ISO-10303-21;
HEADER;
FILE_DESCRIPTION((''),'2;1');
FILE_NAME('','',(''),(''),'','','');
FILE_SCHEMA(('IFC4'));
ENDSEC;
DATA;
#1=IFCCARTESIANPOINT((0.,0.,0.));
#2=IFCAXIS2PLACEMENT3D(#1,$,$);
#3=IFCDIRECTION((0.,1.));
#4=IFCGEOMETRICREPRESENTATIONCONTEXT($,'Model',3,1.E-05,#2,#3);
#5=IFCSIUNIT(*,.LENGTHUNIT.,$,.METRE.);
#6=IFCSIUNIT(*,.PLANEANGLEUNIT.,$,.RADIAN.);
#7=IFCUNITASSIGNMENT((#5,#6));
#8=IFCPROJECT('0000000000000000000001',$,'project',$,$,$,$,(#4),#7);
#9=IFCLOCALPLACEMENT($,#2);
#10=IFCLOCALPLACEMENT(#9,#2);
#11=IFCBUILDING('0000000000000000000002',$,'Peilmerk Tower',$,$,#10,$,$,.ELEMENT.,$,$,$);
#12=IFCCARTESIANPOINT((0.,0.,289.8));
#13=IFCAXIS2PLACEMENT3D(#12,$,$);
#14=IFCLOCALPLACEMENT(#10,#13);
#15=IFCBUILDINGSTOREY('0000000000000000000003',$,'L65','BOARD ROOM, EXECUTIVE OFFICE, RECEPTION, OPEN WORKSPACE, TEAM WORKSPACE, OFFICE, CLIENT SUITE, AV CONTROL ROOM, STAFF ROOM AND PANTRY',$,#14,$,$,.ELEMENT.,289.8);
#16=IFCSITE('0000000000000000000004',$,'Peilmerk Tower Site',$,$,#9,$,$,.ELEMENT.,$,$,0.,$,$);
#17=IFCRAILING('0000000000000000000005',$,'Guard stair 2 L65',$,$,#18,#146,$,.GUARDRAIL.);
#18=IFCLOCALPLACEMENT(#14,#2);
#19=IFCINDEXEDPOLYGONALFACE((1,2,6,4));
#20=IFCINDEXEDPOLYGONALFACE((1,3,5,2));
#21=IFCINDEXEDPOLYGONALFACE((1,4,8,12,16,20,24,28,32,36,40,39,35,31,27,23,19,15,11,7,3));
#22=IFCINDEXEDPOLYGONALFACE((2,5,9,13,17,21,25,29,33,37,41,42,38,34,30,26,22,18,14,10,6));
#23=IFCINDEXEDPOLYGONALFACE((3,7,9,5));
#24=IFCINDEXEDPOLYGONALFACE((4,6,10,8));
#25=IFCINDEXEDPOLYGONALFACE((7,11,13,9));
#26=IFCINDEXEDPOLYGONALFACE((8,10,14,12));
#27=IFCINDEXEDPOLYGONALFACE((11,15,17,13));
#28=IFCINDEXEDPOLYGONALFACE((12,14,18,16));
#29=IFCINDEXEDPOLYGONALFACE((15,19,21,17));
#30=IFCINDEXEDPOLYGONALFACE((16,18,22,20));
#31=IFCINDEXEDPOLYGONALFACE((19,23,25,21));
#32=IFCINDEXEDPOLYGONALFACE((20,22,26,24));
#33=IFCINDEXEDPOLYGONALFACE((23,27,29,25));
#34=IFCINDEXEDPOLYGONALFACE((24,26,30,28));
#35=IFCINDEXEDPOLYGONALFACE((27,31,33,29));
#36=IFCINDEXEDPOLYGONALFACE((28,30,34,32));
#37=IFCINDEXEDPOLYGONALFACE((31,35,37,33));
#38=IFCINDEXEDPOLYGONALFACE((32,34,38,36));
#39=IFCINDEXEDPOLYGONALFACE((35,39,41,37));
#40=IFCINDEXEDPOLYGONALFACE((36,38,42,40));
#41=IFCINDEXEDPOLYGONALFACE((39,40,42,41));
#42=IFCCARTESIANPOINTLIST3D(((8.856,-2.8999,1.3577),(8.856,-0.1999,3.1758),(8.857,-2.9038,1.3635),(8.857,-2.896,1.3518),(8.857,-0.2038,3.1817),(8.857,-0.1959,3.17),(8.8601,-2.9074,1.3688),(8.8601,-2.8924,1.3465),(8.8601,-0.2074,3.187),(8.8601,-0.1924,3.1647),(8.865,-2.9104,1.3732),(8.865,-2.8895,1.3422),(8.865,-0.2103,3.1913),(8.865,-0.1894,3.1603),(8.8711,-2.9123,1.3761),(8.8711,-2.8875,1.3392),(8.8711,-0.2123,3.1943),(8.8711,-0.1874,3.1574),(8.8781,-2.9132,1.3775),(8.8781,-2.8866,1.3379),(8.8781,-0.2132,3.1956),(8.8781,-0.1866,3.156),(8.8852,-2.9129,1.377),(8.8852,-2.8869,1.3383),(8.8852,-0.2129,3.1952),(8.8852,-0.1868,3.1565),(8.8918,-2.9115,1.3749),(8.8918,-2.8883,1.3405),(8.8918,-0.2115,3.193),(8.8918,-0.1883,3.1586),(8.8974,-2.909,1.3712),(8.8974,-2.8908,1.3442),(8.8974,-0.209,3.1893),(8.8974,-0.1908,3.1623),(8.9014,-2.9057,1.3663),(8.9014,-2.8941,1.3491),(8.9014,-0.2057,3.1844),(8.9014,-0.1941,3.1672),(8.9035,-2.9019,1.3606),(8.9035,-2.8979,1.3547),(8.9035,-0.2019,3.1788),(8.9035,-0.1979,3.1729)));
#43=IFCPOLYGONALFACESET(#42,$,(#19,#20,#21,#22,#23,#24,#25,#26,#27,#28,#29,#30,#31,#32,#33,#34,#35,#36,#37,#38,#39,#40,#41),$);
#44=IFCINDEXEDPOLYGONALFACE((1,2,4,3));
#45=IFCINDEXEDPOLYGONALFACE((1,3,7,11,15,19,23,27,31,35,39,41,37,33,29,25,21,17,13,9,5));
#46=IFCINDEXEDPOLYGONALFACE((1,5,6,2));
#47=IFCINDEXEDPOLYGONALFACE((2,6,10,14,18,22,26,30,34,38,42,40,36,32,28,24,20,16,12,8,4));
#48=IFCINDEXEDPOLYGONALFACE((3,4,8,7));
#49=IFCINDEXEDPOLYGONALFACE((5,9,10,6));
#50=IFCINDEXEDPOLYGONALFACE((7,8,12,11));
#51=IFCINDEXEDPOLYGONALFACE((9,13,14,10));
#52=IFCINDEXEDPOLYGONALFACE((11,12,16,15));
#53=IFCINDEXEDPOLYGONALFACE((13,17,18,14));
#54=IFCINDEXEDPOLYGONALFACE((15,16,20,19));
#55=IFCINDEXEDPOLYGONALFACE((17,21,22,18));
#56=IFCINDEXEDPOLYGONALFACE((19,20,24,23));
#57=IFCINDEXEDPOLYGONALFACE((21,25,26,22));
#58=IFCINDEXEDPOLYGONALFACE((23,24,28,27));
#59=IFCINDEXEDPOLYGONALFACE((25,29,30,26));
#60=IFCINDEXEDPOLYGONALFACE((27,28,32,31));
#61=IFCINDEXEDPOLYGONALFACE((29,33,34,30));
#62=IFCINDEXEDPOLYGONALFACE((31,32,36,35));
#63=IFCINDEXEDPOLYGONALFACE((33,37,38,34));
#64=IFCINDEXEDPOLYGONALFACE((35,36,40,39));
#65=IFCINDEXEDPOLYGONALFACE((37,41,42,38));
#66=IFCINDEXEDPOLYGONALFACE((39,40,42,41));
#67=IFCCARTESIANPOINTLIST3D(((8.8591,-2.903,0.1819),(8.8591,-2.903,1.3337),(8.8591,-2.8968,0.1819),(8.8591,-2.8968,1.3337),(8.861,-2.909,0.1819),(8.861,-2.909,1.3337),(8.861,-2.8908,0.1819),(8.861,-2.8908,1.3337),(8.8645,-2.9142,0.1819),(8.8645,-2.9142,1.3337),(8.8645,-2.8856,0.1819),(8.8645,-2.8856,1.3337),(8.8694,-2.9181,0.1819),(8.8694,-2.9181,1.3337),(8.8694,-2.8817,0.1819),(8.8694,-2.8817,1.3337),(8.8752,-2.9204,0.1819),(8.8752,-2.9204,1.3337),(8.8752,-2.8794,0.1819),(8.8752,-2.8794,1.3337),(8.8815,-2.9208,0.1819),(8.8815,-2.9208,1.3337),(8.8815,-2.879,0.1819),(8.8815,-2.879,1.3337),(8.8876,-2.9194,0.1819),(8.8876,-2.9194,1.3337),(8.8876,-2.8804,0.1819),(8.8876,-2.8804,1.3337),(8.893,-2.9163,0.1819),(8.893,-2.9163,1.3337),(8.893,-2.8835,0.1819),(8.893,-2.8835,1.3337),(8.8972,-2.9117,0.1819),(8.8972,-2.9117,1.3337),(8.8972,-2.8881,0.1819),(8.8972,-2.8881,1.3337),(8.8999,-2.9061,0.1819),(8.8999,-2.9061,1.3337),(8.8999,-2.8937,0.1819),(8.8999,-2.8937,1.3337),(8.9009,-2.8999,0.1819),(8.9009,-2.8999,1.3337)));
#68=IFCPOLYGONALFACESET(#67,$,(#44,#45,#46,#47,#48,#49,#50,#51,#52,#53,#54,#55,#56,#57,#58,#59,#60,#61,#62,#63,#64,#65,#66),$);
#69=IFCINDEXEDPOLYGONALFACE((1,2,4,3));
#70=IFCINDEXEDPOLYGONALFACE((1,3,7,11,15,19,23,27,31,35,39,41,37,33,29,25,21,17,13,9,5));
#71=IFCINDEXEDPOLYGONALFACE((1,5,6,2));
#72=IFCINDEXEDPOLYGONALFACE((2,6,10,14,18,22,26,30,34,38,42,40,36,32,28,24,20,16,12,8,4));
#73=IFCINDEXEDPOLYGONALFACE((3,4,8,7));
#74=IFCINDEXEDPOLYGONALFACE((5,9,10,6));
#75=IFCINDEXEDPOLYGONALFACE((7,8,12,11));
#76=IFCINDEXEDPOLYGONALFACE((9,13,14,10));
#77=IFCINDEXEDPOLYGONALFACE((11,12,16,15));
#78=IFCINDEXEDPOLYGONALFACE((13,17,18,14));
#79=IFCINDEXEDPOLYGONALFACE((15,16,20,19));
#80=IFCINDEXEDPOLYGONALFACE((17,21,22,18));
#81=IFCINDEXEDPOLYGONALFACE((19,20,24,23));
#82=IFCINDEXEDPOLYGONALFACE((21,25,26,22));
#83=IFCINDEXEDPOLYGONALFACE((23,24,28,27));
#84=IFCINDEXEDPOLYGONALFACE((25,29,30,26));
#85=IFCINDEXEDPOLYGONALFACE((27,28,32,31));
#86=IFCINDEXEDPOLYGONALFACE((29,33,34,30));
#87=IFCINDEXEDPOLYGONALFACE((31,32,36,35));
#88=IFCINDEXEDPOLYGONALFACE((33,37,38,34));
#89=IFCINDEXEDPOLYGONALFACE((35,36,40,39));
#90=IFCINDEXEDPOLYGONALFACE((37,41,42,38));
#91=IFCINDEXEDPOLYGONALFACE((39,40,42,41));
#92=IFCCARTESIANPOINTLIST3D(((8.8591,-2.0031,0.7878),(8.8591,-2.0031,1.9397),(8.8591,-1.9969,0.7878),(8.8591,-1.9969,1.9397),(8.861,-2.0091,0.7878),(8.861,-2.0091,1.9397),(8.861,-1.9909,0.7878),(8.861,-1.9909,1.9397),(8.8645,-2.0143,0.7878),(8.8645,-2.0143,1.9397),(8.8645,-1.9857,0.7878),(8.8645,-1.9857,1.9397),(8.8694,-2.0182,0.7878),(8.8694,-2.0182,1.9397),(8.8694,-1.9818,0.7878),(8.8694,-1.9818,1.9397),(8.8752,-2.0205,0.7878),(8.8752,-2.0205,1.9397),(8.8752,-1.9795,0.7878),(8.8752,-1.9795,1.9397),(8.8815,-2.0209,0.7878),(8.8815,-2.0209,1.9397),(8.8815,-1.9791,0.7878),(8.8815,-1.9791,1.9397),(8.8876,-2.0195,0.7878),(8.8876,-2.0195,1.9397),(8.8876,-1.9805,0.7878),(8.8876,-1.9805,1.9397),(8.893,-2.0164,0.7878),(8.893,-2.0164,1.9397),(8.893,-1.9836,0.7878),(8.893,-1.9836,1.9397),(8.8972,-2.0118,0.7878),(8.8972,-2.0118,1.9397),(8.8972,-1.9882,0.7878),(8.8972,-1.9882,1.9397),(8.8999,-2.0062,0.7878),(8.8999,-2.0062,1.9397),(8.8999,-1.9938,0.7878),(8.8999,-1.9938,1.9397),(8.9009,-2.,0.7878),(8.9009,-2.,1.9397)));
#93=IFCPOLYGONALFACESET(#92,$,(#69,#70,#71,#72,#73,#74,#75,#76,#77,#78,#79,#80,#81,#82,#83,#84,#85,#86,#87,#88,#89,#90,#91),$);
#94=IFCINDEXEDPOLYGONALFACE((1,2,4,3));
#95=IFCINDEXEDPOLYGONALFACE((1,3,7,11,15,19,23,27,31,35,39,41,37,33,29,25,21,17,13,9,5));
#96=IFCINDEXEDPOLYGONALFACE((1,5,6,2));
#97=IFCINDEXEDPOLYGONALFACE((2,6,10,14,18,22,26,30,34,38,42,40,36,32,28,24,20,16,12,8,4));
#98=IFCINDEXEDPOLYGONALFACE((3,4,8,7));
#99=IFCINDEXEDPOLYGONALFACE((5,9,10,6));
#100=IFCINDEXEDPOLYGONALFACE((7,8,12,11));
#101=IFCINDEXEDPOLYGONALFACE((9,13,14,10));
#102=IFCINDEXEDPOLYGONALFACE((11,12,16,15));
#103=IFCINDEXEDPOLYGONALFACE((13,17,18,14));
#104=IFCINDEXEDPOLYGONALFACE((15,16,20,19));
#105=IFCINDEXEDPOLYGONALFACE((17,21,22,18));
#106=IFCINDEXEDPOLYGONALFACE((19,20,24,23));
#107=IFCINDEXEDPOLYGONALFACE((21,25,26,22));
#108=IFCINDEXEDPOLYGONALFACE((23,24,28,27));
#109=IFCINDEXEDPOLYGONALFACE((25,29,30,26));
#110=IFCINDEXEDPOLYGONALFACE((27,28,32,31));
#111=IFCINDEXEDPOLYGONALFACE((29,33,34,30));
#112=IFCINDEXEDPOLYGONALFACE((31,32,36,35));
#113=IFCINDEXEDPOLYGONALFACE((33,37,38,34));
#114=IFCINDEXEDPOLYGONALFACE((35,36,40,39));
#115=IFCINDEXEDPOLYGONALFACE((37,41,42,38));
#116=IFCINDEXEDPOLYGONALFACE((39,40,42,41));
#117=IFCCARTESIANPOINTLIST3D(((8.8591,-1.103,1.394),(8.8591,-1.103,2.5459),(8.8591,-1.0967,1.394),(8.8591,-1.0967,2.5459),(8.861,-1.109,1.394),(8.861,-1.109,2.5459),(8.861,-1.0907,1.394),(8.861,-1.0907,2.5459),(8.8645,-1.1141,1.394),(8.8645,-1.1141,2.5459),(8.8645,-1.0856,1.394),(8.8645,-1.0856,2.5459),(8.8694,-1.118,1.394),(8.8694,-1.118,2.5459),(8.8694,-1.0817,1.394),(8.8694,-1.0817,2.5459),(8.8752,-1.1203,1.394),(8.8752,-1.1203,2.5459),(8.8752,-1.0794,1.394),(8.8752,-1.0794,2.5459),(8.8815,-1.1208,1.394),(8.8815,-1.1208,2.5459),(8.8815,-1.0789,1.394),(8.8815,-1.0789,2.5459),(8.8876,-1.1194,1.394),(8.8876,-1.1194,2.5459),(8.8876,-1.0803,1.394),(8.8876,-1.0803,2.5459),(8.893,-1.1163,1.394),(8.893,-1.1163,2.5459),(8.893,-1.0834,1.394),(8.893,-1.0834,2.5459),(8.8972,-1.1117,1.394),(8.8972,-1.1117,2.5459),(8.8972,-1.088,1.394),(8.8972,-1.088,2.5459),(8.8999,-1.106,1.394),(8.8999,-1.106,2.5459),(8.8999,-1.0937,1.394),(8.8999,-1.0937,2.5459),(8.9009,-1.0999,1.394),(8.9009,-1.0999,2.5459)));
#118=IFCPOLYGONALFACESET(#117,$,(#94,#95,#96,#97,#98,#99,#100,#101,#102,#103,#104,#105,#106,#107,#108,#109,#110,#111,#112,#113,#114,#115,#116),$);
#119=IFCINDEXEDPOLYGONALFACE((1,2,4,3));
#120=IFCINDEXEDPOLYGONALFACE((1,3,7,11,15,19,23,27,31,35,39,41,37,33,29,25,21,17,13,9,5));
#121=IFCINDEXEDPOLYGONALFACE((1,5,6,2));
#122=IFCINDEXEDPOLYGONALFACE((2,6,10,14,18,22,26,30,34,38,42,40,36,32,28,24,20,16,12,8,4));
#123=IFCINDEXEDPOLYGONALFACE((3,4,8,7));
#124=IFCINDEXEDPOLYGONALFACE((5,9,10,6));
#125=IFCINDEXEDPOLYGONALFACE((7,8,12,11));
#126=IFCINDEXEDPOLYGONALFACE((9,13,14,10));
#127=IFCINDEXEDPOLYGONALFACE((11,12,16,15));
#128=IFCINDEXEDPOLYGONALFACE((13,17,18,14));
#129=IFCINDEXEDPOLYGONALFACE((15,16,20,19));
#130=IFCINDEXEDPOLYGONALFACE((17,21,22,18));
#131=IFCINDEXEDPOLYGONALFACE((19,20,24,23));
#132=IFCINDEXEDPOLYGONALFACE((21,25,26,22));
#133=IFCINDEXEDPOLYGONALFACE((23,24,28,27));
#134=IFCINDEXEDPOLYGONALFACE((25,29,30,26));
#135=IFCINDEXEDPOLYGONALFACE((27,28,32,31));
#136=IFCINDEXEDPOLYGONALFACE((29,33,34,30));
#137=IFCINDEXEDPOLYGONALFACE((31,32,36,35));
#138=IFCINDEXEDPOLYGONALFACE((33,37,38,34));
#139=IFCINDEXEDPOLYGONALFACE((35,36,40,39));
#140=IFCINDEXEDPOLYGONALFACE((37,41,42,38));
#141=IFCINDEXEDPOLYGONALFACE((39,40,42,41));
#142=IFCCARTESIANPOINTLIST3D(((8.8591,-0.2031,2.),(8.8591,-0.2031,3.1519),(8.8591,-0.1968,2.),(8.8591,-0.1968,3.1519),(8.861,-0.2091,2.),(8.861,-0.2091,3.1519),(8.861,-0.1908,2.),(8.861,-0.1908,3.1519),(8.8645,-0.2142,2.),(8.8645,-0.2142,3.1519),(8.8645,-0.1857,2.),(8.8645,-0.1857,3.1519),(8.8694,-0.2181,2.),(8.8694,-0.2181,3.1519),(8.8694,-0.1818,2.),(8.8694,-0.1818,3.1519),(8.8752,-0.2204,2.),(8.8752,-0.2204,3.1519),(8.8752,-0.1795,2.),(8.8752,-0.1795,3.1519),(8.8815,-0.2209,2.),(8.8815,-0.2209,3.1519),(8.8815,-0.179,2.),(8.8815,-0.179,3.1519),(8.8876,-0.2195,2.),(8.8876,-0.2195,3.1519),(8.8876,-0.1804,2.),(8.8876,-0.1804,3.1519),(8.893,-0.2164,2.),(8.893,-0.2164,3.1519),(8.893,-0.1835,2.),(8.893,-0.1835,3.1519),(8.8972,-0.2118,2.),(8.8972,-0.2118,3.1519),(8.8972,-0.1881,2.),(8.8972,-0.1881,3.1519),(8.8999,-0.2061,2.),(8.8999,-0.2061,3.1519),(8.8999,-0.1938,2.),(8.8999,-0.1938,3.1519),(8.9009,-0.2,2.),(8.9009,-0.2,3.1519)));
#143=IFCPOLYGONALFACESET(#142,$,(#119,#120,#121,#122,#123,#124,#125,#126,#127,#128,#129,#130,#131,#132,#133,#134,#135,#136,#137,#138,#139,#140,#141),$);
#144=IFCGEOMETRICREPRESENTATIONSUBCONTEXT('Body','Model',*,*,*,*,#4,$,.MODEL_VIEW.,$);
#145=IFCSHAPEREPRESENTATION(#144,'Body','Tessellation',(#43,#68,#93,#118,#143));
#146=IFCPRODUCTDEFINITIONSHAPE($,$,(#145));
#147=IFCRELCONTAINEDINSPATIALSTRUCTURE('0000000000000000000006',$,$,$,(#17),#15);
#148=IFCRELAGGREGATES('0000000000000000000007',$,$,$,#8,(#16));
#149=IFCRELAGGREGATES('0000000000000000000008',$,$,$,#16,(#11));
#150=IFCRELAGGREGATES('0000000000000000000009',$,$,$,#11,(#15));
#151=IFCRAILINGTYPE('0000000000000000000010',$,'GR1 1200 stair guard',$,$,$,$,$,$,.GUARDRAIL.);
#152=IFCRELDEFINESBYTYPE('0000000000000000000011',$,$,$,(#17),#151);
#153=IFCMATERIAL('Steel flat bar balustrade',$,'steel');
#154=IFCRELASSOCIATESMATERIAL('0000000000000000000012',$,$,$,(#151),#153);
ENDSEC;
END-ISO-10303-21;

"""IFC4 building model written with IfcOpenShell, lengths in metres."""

from ifc_helpers import new_model, si_unit, direction, frame, origin, origin_2d, place, context, subcontext, project, spatial, circle, extrude, material, type_object, element, save


model = new_model("IFC4")

# Units and contexts
model_context = context("Model", 3, precision=1e-05, world=origin(), true_north=direction((0.0, 1.0)))
body_context = subcontext(model_context, "Body", "Model", "MODEL_VIEW")
ifc_project = project(units=[si_unit("LENGTHUNIT", "METRE"), si_unit("PLANEANGLEUNIT", "RADIAN")], contexts=[model_context])

# Site, building, storey
site_placement = place(None, origin())
site = spatial("IfcSite", under=ifc_project, at=site_placement, Name="Peilmerk Tower Site", CompositionType="ELEMENT", RefElevation=0.0)
building_placement = place(site_placement, origin())
building = spatial("IfcBuilding", under=site, at=building_placement, Name="Peilmerk Tower", CompositionType="ELEMENT")
storey_placement = place(building_placement, frame((0.0, 0.0, 289.8)))
storey = spatial("IfcBuildingStorey", under=building, at=storey_placement, Name="L65", Description="BOARD ROOM, EXECUTIVE OFFICE, RECEPTION, OPEN WORKSPACE, TEAM WORKSPACE, OFFICE, CLIENT SUITE, AV CONTROL ROOM, STAFF ROOM AND PANTRY", CompositionType="ELEMENT", Elevation=289.8)

# Railing
ifc_material_1 = material(Name="Steel flat bar balustrade", Category="steel")
railing_type_1 = type_object("IfcRailingType", Name="GR1 1200 stair guard", PredefinedType="GUARDRAIL", material=ifc_material_1)
railing_1_placement = place(storey_placement, frame((8.8799, -2.8999, 0.1819)))
element("IfcRailing", 1, at=railing_1_placement, inside=storey, type_object=railing_type_1, Name="Guard stair 2 L65", PredefinedType="GUARDRAIL", context=body_context, shape_type="SweptSolid", body=[
    extrude(circle(Radius=0.0239, at=origin_2d()), frame((0.0, 0.0, 1.1758), z_axis=(0.0, 0.829468, 0.558554), x_axis=(-1.0, 0.0, 0.0)), (0.0, 0.0, 1.0), 3.2551),
    extrude(circle(Radius=0.021, at=origin_2d()), origin(), (0.0, 0.0, 1.0), 1.1519),
    extrude(circle(Radius=0.021, at=origin_2d()), frame((0.0, 0.8999, 0.606)), (0.0, 0.0, 1.0), 1.1519),
    extrude(circle(Radius=0.021, at=origin_2d()), frame((0.0, 1.8, 1.2122)), (0.0, 0.0, 1.0), 1.1519),
    extrude(circle(Radius=0.021, at=origin_2d()), frame((0.0, 2.7, 1.8181)), (0.0, 0.0, 1.0), 1.1519),
])

save(model, "model.ifc")
